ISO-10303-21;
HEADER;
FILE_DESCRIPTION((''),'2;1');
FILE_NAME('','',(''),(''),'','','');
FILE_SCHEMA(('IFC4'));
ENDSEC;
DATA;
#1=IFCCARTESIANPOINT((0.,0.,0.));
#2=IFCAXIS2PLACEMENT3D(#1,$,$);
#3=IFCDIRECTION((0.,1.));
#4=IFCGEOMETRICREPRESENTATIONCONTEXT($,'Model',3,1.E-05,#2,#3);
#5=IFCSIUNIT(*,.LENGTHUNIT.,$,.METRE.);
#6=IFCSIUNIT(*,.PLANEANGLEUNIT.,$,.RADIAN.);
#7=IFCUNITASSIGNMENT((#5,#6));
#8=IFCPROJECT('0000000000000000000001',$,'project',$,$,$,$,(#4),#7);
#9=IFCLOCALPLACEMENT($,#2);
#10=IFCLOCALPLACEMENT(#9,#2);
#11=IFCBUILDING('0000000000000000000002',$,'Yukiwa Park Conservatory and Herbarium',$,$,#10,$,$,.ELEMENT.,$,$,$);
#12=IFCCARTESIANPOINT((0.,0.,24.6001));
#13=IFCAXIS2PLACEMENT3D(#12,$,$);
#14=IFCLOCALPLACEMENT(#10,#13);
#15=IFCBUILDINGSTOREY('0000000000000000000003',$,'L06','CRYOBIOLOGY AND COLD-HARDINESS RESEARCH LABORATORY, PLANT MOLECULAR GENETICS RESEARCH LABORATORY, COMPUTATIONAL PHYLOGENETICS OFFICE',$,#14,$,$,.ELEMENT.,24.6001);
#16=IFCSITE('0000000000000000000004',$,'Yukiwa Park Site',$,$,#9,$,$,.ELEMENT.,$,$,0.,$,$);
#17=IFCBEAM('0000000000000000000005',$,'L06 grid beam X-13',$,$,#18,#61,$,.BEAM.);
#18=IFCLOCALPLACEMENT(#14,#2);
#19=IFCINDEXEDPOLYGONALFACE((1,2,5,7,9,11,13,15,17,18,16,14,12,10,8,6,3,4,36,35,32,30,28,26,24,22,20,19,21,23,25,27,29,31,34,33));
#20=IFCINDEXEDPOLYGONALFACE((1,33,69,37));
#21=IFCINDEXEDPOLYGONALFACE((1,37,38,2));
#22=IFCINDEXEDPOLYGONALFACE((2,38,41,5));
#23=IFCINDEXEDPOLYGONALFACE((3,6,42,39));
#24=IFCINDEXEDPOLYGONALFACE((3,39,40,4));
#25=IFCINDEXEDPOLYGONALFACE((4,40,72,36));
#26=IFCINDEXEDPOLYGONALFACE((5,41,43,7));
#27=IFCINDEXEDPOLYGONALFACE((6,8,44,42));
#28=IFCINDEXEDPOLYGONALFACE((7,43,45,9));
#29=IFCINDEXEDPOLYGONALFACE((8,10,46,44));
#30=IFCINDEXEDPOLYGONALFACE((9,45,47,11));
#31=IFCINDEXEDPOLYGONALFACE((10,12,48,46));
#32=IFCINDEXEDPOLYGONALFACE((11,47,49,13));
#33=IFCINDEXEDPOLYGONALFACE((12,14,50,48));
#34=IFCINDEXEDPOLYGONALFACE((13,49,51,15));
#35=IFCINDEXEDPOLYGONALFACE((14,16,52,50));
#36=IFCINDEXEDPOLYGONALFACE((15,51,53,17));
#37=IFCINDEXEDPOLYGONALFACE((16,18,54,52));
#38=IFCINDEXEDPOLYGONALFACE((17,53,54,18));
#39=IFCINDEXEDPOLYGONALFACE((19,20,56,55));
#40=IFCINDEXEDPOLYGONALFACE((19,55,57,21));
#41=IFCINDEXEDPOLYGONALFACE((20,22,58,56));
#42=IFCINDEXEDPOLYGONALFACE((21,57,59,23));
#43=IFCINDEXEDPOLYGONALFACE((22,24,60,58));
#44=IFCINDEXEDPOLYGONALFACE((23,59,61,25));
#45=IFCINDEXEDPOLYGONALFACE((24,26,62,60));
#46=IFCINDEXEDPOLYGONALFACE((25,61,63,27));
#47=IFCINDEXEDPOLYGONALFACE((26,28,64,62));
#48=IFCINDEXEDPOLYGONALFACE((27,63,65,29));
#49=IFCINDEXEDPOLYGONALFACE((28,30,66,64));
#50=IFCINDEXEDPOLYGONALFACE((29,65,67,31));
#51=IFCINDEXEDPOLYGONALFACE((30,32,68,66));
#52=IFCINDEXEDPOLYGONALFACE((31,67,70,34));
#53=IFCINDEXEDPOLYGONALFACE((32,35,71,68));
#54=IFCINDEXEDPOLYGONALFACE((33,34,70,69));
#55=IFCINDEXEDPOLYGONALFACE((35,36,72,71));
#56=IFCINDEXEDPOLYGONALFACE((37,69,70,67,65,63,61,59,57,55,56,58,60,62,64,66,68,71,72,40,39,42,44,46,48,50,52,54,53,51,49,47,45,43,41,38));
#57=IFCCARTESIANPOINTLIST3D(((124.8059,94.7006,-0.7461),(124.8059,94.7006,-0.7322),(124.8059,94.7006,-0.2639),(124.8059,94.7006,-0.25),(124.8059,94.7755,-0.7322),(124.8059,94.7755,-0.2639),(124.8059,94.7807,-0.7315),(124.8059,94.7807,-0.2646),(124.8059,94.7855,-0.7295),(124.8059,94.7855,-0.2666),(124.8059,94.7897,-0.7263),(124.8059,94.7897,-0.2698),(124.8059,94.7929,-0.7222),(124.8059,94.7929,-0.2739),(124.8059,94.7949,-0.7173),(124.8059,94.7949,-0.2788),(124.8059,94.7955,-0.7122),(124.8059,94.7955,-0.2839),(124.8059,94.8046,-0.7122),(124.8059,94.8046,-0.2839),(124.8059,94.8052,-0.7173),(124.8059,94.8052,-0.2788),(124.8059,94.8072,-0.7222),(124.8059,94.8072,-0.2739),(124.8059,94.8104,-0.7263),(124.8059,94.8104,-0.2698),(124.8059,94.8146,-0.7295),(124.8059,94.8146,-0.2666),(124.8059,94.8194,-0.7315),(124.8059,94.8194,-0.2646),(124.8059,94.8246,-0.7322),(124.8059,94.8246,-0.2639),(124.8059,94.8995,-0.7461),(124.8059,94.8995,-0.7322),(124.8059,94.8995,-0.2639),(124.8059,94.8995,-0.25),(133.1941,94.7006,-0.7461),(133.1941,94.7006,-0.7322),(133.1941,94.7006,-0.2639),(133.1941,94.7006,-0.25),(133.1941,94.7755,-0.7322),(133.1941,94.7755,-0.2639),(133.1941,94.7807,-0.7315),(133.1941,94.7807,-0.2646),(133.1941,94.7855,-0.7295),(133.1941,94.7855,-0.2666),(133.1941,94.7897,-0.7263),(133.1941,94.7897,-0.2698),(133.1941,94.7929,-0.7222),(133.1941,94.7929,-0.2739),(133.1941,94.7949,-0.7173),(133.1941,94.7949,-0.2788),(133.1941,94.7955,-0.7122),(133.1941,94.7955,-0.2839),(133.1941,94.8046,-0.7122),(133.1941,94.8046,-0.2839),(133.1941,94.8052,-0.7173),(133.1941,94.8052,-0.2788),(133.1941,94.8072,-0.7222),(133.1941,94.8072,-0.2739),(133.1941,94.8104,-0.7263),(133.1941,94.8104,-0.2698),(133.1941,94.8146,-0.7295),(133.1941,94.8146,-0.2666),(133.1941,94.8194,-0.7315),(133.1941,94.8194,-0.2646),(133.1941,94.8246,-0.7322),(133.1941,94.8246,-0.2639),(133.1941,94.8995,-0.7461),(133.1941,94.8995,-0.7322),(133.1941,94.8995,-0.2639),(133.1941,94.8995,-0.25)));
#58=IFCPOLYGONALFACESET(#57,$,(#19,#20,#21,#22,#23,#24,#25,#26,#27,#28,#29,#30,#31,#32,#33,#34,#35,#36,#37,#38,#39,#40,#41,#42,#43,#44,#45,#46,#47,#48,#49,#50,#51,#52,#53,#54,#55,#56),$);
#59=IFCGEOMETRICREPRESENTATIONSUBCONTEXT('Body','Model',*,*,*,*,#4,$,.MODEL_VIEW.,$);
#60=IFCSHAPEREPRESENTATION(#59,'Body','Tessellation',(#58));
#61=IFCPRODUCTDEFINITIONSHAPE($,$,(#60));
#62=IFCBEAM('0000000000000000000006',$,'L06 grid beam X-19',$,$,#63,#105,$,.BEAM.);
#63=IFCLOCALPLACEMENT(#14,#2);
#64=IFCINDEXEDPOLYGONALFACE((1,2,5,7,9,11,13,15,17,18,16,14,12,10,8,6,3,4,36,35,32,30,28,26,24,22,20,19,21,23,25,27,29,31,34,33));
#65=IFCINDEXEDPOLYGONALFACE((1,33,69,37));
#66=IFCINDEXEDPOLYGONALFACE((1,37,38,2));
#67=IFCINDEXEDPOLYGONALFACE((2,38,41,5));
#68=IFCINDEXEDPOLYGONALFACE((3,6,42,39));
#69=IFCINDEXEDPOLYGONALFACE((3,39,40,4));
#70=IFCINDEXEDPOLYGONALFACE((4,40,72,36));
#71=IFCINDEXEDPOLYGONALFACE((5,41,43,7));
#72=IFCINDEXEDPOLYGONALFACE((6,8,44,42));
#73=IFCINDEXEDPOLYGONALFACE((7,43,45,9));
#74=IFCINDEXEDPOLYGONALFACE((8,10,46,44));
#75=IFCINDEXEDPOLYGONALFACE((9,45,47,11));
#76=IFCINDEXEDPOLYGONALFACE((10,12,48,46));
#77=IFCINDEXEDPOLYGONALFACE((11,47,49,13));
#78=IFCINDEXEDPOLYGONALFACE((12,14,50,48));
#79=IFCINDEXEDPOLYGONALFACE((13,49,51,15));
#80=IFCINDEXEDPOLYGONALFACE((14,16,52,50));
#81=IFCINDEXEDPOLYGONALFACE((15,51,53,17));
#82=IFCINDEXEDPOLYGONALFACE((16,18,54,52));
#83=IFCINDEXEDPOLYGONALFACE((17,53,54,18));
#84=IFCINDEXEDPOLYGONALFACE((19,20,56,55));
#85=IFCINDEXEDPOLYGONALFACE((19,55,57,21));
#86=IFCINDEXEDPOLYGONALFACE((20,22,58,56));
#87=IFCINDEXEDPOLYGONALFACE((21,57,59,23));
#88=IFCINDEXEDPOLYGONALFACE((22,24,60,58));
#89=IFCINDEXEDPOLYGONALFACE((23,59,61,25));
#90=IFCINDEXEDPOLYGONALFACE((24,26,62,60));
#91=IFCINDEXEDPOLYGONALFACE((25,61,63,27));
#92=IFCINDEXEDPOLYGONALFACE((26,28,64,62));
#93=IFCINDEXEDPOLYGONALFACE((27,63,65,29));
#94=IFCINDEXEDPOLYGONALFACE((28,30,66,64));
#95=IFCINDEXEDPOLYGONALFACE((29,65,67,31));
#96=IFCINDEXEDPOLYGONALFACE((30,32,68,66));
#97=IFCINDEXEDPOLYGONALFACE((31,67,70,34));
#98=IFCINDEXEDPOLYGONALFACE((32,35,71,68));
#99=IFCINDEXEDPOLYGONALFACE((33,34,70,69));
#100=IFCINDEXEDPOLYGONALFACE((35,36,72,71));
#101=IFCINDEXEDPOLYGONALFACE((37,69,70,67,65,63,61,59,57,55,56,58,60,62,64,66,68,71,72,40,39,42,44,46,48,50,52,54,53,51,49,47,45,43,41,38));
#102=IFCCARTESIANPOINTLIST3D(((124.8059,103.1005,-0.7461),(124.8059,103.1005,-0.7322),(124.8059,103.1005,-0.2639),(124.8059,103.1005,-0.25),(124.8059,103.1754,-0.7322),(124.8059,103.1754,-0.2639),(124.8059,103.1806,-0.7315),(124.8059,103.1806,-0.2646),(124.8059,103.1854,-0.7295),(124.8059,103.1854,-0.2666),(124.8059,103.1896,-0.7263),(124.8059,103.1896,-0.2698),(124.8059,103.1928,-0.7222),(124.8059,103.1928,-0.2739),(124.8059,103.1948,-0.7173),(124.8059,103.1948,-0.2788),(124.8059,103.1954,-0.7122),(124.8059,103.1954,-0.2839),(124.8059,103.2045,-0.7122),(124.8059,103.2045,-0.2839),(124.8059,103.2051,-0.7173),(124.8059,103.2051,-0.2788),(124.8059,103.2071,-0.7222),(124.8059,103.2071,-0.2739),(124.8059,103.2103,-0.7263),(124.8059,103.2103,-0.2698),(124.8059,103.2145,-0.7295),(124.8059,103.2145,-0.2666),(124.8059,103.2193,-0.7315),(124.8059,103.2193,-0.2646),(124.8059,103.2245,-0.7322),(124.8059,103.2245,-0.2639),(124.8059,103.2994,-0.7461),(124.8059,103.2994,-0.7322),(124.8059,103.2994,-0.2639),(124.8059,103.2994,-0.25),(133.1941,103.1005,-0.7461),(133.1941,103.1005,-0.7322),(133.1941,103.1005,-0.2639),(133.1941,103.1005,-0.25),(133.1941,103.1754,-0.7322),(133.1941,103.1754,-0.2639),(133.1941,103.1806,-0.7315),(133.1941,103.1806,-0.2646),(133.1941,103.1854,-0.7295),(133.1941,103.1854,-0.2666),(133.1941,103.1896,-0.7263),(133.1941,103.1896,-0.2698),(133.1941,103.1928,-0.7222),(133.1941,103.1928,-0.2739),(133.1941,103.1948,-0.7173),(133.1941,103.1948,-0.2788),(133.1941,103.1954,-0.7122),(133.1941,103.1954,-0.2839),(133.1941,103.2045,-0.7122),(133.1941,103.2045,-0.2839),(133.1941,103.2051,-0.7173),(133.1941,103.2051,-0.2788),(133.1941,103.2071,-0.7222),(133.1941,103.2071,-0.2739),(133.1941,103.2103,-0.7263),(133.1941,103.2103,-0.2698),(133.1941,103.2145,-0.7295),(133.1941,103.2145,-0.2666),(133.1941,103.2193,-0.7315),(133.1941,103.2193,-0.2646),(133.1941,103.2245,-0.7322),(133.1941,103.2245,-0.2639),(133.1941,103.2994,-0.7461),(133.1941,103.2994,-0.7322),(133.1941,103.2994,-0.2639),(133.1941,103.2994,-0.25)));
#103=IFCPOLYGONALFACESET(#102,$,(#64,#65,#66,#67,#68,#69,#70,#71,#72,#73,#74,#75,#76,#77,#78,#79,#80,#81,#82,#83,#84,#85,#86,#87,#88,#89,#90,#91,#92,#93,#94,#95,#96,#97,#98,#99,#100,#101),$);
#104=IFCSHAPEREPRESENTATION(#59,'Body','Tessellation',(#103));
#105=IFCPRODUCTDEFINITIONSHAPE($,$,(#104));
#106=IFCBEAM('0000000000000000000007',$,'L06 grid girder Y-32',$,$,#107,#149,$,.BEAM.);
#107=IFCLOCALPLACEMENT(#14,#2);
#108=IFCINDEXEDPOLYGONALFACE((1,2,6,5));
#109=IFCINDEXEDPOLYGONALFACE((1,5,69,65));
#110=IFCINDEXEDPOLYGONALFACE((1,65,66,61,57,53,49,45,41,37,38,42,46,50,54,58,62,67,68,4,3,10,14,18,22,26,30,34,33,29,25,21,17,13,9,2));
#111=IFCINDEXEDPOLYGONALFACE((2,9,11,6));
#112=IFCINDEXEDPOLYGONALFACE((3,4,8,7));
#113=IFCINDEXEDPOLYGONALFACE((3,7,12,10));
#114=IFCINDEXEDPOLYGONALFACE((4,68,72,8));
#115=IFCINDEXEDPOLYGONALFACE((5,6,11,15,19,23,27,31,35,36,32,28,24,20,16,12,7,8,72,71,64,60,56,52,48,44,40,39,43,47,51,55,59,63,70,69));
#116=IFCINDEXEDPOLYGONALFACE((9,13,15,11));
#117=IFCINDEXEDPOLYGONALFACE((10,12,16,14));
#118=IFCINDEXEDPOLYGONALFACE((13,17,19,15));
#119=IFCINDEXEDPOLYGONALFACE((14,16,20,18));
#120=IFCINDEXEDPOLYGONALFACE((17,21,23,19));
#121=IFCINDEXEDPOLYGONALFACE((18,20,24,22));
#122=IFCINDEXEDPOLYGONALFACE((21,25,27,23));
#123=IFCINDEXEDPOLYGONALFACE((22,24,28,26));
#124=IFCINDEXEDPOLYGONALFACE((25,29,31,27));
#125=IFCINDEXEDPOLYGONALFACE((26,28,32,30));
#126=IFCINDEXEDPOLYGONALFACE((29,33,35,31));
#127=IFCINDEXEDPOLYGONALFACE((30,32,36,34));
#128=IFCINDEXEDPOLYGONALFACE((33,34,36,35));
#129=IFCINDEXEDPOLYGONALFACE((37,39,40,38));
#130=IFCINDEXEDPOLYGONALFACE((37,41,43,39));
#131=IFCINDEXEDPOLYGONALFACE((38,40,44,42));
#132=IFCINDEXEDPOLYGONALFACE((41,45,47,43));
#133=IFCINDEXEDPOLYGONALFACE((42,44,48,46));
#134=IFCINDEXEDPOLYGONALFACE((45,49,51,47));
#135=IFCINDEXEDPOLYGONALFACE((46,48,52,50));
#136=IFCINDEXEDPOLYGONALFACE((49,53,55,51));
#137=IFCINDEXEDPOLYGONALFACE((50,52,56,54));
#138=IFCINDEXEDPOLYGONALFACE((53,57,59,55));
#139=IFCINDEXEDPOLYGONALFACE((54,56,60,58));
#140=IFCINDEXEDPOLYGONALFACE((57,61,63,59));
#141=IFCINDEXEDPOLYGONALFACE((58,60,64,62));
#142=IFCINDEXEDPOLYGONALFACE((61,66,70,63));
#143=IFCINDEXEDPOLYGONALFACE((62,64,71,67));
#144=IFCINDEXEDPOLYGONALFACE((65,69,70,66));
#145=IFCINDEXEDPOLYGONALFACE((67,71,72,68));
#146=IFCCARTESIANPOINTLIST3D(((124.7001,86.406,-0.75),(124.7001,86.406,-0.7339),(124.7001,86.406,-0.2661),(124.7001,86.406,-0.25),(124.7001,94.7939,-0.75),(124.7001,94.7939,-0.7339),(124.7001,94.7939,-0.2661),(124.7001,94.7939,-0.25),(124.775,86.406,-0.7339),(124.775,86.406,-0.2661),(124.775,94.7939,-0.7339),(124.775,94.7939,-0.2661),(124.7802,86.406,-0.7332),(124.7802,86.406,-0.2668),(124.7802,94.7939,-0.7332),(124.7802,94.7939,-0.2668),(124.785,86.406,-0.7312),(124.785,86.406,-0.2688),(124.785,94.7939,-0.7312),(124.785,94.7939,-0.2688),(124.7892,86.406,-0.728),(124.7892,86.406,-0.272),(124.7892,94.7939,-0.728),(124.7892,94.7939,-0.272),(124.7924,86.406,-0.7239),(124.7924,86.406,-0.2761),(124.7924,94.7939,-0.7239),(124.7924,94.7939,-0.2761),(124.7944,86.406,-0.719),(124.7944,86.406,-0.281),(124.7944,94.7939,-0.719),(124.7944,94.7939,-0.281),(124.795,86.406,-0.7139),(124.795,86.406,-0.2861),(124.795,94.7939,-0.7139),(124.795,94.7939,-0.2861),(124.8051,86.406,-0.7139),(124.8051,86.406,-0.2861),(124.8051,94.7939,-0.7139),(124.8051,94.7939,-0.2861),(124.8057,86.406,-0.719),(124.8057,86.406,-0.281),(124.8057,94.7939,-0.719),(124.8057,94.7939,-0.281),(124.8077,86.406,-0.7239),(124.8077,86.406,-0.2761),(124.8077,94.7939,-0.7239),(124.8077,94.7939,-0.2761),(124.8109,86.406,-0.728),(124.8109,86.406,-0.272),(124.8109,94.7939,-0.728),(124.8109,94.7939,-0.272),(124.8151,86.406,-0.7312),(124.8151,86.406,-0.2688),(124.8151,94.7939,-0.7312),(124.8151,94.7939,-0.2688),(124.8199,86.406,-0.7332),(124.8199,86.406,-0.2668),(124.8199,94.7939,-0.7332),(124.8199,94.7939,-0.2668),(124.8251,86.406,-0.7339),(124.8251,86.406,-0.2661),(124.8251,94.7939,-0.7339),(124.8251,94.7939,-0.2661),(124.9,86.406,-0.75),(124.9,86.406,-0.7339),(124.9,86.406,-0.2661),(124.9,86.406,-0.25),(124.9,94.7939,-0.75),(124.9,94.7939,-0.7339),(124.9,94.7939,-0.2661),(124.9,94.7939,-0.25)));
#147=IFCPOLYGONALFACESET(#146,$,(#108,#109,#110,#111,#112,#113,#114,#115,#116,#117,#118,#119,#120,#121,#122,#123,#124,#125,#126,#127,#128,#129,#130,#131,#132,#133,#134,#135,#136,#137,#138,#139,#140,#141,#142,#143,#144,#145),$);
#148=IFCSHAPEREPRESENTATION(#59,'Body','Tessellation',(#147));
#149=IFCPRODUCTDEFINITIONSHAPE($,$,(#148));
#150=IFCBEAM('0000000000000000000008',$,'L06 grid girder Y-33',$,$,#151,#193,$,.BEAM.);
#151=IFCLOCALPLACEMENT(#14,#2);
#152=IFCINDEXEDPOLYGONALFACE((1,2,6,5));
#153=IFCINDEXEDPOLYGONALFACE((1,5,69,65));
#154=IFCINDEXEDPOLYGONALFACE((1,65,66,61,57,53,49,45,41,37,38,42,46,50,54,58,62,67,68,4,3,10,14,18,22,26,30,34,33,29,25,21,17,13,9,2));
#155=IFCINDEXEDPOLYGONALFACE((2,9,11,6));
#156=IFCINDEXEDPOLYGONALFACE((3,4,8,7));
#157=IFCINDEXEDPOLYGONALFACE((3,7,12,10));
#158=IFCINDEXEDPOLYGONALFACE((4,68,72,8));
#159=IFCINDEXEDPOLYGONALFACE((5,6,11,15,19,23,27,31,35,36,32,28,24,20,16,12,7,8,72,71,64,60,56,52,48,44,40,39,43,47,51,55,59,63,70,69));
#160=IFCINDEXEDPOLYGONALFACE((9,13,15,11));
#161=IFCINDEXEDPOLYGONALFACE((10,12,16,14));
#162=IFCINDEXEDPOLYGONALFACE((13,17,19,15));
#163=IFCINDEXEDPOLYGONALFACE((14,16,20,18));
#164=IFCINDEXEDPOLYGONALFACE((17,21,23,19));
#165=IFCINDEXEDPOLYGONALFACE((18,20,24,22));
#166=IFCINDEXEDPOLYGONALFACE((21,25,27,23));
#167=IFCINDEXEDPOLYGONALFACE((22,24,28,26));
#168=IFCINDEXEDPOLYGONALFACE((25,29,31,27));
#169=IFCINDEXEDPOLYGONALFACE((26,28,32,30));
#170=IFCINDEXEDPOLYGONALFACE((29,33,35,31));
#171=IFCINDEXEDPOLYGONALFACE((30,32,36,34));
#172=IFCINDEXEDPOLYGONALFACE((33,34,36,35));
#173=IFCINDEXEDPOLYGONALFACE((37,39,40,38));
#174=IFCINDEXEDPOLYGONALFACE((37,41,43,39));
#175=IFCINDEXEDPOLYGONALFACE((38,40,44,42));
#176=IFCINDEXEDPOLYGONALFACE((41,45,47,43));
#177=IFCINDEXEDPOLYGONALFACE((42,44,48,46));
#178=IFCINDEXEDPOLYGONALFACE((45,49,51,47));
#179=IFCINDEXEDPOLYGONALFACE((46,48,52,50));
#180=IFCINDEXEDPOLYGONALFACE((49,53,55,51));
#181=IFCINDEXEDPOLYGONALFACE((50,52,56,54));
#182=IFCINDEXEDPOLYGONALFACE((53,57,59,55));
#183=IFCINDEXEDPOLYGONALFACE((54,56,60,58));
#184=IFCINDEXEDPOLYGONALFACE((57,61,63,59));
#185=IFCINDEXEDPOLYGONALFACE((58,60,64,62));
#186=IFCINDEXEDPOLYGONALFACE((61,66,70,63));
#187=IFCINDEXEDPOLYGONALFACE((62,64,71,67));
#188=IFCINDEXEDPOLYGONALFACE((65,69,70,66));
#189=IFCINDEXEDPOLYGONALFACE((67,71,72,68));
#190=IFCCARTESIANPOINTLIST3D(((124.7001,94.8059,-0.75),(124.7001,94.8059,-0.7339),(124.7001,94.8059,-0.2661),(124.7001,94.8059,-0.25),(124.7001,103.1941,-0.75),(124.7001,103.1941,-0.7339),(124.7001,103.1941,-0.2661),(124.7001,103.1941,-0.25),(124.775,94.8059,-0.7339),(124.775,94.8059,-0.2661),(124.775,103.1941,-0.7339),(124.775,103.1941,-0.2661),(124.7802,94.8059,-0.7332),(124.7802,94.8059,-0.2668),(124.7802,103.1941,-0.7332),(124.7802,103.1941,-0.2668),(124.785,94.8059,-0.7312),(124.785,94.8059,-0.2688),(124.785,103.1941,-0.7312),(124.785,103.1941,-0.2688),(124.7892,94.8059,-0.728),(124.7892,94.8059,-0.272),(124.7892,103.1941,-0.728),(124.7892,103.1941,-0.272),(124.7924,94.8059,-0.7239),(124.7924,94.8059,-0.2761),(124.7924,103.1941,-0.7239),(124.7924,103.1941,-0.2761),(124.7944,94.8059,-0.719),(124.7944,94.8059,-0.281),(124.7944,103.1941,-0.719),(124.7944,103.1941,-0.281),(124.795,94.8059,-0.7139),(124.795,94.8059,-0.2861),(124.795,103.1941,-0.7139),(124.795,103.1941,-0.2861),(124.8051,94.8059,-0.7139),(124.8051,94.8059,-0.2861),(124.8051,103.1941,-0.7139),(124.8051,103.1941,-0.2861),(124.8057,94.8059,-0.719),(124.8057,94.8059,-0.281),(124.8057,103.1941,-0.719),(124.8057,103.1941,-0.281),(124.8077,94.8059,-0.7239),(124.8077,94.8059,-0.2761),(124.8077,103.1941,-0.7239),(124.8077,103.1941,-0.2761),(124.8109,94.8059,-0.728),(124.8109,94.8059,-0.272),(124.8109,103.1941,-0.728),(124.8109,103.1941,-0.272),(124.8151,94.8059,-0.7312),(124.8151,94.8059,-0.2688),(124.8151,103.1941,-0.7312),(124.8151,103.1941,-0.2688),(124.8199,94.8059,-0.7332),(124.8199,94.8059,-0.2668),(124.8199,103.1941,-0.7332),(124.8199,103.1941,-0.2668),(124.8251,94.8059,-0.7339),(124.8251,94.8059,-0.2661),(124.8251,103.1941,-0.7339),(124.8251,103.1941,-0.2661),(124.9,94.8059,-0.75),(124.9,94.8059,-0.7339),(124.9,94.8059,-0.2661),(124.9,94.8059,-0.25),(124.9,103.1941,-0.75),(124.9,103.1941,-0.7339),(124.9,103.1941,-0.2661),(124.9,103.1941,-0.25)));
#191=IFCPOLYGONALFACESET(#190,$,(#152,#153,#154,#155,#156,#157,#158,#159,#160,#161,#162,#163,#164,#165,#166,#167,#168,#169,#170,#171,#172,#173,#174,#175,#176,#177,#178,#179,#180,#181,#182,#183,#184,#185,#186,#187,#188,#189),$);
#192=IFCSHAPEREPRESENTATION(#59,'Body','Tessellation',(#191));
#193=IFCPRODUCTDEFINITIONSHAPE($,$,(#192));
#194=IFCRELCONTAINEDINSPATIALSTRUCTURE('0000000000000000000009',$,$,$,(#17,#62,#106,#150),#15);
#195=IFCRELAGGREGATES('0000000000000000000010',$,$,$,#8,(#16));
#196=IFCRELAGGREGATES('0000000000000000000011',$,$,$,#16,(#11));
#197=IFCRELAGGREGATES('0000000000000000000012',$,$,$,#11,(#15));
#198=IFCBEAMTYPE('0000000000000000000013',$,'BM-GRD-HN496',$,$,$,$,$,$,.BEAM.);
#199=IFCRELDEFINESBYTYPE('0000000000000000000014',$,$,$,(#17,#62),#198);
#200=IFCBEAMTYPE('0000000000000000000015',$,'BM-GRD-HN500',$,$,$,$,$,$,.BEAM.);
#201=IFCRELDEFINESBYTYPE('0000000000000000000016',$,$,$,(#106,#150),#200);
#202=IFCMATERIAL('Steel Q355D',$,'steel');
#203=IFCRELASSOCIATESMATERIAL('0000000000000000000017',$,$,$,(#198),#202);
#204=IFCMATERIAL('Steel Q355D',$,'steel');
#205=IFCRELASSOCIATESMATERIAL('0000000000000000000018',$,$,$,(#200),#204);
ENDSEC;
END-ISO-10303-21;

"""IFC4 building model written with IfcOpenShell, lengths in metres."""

from ifc_helpers import new_model, si_unit, direction, frame, origin, origin_2d, place, context, subcontext, project, spatial, i_section, extrude, material, material_profile, profile_set, type_object, element, save


model = new_model("IFC4")

# Units and contexts
model_context = context("Model", 3, precision=1e-05, world=origin(), true_north=direction((0.0, 1.0)))
body_context = subcontext(model_context, "Body", "Model", "MODEL_VIEW")
ifc_project = project(units=[si_unit("LENGTHUNIT", "METRE"), si_unit("PLANEANGLEUNIT", "RADIAN")], contexts=[model_context])

# Site, building, storey
site_placement = place(None, origin())
site = spatial("IfcSite", under=ifc_project, at=site_placement, Name="Yukiwa Park Site", CompositionType="ELEMENT", RefElevation=0.0)
building_placement = place(site_placement, origin())
building = spatial("IfcBuilding", under=site, at=building_placement, Name="Yukiwa Park Conservatory and Herbarium", CompositionType="ELEMENT")
storey_placement = place(building_placement, frame((0.0, 0.0, 24.6001)))
storey = spatial("IfcBuildingStorey", under=building, at=storey_placement, Name="L06", Description="CRYOBIOLOGY AND COLD-HARDINESS RESEARCH LABORATORY, PLANT MOLECULAR GENETICS RESEARCH LABORATORY, COMPUTATIONAL PHYLOGENETICS OFFICE", CompositionType="ELEMENT", Elevation=24.6001)

# Beams
ifc_material_1 = material(Name="Steel Q355D", Category="steel")
ifc_material_profile_1 = material_profile(ifc_material_1, i_section(OverallWidth=0.199, OverallDepth=0.4961, WebThickness=0.009, FlangeThickness=0.0139, FilletRadius=0.02, at=origin_2d()), Name="HN 496x199x9x14")
ifc_profile_set_1 = profile_set([ifc_material_profile_1], Name="Steel Q355D")
beam_type_1 = type_object("IfcBeamType", Name="BM-GRD-HN496", PredefinedType="BEAM", material=ifc_profile_set_1)
for number, where, z_axis, x_axis, name in (
    (1, (124.8059, 94.8, -0.498), (1.0, 0.0, 0.0), (0.0, 1.0, 0.0), "L06 grid beam X-13"),
    (2, (124.8059, 103.2, -0.498), (1.0, 0.0, 0.0), (0.0, 1.0, 0.0), "L06 grid beam X-19"),
):
    element("IfcBeam", number, at=place(storey_placement, frame(where, z_axis=z_axis, x_axis=x_axis)), inside=storey, type_object=beam_type_1, Name=name, PredefinedType="BEAM", context=body_context, shape_type="SweptSolid", body=[
        extrude(i_section(OverallWidth=0.199, OverallDepth=0.4961, WebThickness=0.009, FlangeThickness=0.0139, FilletRadius=0.02, at=origin_2d()), origin(), (0.0, 0.0, 1.0), 8.3882),
    ])
ifc_material_2 = material(Name="Steel Q355D", Category="steel")
ifc_material_profile_2 = material_profile(ifc_material_2, i_section(OverallWidth=0.2, OverallDepth=0.5, WebThickness=0.01, FlangeThickness=0.0161, FilletRadius=0.02, at=origin_2d()), Name="HN 500x200x10x16")
ifc_profile_set_2 = profile_set([ifc_material_profile_2], Name="Steel Q355D")
beam_type_2 = type_object("IfcBeamType", Name="BM-GRD-HN500", PredefinedType="BEAM", material=ifc_profile_set_2)
beam_1_placement = place(storey_placement, frame((124.8, 86.406, -0.5), z_axis=(0.0, 1.0, 0.0), x_axis=(-1.0, 0.0, 0.0)))
element("IfcBeam", 3, at=beam_1_placement, inside=storey, type_object=beam_type_2, Name="L06 grid girder Y-32", PredefinedType="BEAM", context=body_context, shape_type="SweptSolid", body=[
    extrude(i_section(OverallWidth=0.2, OverallDepth=0.5, WebThickness=0.01, FlangeThickness=0.0161, FilletRadius=0.02, at=origin_2d()), origin(), (0.0, 0.0, 1.0), 8.3879),
])
beam_2_placement = place(storey_placement, frame((124.8, 94.8059, -0.5), z_axis=(0.0, 1.0, 0.0), x_axis=(-1.0, 0.0, 0.0)))
element("IfcBeam", 4, at=beam_2_placement, inside=storey, type_object=beam_type_2, Name="L06 grid girder Y-33", PredefinedType="BEAM", context=body_context, shape_type="SweptSolid", body=[
    extrude(i_section(OverallWidth=0.2, OverallDepth=0.5, WebThickness=0.01, FlangeThickness=0.0161, FilletRadius=0.02, at=origin_2d()), origin(), (0.0, 0.0, 1.0), 8.3882),
])

save(model, "model.ifc")
